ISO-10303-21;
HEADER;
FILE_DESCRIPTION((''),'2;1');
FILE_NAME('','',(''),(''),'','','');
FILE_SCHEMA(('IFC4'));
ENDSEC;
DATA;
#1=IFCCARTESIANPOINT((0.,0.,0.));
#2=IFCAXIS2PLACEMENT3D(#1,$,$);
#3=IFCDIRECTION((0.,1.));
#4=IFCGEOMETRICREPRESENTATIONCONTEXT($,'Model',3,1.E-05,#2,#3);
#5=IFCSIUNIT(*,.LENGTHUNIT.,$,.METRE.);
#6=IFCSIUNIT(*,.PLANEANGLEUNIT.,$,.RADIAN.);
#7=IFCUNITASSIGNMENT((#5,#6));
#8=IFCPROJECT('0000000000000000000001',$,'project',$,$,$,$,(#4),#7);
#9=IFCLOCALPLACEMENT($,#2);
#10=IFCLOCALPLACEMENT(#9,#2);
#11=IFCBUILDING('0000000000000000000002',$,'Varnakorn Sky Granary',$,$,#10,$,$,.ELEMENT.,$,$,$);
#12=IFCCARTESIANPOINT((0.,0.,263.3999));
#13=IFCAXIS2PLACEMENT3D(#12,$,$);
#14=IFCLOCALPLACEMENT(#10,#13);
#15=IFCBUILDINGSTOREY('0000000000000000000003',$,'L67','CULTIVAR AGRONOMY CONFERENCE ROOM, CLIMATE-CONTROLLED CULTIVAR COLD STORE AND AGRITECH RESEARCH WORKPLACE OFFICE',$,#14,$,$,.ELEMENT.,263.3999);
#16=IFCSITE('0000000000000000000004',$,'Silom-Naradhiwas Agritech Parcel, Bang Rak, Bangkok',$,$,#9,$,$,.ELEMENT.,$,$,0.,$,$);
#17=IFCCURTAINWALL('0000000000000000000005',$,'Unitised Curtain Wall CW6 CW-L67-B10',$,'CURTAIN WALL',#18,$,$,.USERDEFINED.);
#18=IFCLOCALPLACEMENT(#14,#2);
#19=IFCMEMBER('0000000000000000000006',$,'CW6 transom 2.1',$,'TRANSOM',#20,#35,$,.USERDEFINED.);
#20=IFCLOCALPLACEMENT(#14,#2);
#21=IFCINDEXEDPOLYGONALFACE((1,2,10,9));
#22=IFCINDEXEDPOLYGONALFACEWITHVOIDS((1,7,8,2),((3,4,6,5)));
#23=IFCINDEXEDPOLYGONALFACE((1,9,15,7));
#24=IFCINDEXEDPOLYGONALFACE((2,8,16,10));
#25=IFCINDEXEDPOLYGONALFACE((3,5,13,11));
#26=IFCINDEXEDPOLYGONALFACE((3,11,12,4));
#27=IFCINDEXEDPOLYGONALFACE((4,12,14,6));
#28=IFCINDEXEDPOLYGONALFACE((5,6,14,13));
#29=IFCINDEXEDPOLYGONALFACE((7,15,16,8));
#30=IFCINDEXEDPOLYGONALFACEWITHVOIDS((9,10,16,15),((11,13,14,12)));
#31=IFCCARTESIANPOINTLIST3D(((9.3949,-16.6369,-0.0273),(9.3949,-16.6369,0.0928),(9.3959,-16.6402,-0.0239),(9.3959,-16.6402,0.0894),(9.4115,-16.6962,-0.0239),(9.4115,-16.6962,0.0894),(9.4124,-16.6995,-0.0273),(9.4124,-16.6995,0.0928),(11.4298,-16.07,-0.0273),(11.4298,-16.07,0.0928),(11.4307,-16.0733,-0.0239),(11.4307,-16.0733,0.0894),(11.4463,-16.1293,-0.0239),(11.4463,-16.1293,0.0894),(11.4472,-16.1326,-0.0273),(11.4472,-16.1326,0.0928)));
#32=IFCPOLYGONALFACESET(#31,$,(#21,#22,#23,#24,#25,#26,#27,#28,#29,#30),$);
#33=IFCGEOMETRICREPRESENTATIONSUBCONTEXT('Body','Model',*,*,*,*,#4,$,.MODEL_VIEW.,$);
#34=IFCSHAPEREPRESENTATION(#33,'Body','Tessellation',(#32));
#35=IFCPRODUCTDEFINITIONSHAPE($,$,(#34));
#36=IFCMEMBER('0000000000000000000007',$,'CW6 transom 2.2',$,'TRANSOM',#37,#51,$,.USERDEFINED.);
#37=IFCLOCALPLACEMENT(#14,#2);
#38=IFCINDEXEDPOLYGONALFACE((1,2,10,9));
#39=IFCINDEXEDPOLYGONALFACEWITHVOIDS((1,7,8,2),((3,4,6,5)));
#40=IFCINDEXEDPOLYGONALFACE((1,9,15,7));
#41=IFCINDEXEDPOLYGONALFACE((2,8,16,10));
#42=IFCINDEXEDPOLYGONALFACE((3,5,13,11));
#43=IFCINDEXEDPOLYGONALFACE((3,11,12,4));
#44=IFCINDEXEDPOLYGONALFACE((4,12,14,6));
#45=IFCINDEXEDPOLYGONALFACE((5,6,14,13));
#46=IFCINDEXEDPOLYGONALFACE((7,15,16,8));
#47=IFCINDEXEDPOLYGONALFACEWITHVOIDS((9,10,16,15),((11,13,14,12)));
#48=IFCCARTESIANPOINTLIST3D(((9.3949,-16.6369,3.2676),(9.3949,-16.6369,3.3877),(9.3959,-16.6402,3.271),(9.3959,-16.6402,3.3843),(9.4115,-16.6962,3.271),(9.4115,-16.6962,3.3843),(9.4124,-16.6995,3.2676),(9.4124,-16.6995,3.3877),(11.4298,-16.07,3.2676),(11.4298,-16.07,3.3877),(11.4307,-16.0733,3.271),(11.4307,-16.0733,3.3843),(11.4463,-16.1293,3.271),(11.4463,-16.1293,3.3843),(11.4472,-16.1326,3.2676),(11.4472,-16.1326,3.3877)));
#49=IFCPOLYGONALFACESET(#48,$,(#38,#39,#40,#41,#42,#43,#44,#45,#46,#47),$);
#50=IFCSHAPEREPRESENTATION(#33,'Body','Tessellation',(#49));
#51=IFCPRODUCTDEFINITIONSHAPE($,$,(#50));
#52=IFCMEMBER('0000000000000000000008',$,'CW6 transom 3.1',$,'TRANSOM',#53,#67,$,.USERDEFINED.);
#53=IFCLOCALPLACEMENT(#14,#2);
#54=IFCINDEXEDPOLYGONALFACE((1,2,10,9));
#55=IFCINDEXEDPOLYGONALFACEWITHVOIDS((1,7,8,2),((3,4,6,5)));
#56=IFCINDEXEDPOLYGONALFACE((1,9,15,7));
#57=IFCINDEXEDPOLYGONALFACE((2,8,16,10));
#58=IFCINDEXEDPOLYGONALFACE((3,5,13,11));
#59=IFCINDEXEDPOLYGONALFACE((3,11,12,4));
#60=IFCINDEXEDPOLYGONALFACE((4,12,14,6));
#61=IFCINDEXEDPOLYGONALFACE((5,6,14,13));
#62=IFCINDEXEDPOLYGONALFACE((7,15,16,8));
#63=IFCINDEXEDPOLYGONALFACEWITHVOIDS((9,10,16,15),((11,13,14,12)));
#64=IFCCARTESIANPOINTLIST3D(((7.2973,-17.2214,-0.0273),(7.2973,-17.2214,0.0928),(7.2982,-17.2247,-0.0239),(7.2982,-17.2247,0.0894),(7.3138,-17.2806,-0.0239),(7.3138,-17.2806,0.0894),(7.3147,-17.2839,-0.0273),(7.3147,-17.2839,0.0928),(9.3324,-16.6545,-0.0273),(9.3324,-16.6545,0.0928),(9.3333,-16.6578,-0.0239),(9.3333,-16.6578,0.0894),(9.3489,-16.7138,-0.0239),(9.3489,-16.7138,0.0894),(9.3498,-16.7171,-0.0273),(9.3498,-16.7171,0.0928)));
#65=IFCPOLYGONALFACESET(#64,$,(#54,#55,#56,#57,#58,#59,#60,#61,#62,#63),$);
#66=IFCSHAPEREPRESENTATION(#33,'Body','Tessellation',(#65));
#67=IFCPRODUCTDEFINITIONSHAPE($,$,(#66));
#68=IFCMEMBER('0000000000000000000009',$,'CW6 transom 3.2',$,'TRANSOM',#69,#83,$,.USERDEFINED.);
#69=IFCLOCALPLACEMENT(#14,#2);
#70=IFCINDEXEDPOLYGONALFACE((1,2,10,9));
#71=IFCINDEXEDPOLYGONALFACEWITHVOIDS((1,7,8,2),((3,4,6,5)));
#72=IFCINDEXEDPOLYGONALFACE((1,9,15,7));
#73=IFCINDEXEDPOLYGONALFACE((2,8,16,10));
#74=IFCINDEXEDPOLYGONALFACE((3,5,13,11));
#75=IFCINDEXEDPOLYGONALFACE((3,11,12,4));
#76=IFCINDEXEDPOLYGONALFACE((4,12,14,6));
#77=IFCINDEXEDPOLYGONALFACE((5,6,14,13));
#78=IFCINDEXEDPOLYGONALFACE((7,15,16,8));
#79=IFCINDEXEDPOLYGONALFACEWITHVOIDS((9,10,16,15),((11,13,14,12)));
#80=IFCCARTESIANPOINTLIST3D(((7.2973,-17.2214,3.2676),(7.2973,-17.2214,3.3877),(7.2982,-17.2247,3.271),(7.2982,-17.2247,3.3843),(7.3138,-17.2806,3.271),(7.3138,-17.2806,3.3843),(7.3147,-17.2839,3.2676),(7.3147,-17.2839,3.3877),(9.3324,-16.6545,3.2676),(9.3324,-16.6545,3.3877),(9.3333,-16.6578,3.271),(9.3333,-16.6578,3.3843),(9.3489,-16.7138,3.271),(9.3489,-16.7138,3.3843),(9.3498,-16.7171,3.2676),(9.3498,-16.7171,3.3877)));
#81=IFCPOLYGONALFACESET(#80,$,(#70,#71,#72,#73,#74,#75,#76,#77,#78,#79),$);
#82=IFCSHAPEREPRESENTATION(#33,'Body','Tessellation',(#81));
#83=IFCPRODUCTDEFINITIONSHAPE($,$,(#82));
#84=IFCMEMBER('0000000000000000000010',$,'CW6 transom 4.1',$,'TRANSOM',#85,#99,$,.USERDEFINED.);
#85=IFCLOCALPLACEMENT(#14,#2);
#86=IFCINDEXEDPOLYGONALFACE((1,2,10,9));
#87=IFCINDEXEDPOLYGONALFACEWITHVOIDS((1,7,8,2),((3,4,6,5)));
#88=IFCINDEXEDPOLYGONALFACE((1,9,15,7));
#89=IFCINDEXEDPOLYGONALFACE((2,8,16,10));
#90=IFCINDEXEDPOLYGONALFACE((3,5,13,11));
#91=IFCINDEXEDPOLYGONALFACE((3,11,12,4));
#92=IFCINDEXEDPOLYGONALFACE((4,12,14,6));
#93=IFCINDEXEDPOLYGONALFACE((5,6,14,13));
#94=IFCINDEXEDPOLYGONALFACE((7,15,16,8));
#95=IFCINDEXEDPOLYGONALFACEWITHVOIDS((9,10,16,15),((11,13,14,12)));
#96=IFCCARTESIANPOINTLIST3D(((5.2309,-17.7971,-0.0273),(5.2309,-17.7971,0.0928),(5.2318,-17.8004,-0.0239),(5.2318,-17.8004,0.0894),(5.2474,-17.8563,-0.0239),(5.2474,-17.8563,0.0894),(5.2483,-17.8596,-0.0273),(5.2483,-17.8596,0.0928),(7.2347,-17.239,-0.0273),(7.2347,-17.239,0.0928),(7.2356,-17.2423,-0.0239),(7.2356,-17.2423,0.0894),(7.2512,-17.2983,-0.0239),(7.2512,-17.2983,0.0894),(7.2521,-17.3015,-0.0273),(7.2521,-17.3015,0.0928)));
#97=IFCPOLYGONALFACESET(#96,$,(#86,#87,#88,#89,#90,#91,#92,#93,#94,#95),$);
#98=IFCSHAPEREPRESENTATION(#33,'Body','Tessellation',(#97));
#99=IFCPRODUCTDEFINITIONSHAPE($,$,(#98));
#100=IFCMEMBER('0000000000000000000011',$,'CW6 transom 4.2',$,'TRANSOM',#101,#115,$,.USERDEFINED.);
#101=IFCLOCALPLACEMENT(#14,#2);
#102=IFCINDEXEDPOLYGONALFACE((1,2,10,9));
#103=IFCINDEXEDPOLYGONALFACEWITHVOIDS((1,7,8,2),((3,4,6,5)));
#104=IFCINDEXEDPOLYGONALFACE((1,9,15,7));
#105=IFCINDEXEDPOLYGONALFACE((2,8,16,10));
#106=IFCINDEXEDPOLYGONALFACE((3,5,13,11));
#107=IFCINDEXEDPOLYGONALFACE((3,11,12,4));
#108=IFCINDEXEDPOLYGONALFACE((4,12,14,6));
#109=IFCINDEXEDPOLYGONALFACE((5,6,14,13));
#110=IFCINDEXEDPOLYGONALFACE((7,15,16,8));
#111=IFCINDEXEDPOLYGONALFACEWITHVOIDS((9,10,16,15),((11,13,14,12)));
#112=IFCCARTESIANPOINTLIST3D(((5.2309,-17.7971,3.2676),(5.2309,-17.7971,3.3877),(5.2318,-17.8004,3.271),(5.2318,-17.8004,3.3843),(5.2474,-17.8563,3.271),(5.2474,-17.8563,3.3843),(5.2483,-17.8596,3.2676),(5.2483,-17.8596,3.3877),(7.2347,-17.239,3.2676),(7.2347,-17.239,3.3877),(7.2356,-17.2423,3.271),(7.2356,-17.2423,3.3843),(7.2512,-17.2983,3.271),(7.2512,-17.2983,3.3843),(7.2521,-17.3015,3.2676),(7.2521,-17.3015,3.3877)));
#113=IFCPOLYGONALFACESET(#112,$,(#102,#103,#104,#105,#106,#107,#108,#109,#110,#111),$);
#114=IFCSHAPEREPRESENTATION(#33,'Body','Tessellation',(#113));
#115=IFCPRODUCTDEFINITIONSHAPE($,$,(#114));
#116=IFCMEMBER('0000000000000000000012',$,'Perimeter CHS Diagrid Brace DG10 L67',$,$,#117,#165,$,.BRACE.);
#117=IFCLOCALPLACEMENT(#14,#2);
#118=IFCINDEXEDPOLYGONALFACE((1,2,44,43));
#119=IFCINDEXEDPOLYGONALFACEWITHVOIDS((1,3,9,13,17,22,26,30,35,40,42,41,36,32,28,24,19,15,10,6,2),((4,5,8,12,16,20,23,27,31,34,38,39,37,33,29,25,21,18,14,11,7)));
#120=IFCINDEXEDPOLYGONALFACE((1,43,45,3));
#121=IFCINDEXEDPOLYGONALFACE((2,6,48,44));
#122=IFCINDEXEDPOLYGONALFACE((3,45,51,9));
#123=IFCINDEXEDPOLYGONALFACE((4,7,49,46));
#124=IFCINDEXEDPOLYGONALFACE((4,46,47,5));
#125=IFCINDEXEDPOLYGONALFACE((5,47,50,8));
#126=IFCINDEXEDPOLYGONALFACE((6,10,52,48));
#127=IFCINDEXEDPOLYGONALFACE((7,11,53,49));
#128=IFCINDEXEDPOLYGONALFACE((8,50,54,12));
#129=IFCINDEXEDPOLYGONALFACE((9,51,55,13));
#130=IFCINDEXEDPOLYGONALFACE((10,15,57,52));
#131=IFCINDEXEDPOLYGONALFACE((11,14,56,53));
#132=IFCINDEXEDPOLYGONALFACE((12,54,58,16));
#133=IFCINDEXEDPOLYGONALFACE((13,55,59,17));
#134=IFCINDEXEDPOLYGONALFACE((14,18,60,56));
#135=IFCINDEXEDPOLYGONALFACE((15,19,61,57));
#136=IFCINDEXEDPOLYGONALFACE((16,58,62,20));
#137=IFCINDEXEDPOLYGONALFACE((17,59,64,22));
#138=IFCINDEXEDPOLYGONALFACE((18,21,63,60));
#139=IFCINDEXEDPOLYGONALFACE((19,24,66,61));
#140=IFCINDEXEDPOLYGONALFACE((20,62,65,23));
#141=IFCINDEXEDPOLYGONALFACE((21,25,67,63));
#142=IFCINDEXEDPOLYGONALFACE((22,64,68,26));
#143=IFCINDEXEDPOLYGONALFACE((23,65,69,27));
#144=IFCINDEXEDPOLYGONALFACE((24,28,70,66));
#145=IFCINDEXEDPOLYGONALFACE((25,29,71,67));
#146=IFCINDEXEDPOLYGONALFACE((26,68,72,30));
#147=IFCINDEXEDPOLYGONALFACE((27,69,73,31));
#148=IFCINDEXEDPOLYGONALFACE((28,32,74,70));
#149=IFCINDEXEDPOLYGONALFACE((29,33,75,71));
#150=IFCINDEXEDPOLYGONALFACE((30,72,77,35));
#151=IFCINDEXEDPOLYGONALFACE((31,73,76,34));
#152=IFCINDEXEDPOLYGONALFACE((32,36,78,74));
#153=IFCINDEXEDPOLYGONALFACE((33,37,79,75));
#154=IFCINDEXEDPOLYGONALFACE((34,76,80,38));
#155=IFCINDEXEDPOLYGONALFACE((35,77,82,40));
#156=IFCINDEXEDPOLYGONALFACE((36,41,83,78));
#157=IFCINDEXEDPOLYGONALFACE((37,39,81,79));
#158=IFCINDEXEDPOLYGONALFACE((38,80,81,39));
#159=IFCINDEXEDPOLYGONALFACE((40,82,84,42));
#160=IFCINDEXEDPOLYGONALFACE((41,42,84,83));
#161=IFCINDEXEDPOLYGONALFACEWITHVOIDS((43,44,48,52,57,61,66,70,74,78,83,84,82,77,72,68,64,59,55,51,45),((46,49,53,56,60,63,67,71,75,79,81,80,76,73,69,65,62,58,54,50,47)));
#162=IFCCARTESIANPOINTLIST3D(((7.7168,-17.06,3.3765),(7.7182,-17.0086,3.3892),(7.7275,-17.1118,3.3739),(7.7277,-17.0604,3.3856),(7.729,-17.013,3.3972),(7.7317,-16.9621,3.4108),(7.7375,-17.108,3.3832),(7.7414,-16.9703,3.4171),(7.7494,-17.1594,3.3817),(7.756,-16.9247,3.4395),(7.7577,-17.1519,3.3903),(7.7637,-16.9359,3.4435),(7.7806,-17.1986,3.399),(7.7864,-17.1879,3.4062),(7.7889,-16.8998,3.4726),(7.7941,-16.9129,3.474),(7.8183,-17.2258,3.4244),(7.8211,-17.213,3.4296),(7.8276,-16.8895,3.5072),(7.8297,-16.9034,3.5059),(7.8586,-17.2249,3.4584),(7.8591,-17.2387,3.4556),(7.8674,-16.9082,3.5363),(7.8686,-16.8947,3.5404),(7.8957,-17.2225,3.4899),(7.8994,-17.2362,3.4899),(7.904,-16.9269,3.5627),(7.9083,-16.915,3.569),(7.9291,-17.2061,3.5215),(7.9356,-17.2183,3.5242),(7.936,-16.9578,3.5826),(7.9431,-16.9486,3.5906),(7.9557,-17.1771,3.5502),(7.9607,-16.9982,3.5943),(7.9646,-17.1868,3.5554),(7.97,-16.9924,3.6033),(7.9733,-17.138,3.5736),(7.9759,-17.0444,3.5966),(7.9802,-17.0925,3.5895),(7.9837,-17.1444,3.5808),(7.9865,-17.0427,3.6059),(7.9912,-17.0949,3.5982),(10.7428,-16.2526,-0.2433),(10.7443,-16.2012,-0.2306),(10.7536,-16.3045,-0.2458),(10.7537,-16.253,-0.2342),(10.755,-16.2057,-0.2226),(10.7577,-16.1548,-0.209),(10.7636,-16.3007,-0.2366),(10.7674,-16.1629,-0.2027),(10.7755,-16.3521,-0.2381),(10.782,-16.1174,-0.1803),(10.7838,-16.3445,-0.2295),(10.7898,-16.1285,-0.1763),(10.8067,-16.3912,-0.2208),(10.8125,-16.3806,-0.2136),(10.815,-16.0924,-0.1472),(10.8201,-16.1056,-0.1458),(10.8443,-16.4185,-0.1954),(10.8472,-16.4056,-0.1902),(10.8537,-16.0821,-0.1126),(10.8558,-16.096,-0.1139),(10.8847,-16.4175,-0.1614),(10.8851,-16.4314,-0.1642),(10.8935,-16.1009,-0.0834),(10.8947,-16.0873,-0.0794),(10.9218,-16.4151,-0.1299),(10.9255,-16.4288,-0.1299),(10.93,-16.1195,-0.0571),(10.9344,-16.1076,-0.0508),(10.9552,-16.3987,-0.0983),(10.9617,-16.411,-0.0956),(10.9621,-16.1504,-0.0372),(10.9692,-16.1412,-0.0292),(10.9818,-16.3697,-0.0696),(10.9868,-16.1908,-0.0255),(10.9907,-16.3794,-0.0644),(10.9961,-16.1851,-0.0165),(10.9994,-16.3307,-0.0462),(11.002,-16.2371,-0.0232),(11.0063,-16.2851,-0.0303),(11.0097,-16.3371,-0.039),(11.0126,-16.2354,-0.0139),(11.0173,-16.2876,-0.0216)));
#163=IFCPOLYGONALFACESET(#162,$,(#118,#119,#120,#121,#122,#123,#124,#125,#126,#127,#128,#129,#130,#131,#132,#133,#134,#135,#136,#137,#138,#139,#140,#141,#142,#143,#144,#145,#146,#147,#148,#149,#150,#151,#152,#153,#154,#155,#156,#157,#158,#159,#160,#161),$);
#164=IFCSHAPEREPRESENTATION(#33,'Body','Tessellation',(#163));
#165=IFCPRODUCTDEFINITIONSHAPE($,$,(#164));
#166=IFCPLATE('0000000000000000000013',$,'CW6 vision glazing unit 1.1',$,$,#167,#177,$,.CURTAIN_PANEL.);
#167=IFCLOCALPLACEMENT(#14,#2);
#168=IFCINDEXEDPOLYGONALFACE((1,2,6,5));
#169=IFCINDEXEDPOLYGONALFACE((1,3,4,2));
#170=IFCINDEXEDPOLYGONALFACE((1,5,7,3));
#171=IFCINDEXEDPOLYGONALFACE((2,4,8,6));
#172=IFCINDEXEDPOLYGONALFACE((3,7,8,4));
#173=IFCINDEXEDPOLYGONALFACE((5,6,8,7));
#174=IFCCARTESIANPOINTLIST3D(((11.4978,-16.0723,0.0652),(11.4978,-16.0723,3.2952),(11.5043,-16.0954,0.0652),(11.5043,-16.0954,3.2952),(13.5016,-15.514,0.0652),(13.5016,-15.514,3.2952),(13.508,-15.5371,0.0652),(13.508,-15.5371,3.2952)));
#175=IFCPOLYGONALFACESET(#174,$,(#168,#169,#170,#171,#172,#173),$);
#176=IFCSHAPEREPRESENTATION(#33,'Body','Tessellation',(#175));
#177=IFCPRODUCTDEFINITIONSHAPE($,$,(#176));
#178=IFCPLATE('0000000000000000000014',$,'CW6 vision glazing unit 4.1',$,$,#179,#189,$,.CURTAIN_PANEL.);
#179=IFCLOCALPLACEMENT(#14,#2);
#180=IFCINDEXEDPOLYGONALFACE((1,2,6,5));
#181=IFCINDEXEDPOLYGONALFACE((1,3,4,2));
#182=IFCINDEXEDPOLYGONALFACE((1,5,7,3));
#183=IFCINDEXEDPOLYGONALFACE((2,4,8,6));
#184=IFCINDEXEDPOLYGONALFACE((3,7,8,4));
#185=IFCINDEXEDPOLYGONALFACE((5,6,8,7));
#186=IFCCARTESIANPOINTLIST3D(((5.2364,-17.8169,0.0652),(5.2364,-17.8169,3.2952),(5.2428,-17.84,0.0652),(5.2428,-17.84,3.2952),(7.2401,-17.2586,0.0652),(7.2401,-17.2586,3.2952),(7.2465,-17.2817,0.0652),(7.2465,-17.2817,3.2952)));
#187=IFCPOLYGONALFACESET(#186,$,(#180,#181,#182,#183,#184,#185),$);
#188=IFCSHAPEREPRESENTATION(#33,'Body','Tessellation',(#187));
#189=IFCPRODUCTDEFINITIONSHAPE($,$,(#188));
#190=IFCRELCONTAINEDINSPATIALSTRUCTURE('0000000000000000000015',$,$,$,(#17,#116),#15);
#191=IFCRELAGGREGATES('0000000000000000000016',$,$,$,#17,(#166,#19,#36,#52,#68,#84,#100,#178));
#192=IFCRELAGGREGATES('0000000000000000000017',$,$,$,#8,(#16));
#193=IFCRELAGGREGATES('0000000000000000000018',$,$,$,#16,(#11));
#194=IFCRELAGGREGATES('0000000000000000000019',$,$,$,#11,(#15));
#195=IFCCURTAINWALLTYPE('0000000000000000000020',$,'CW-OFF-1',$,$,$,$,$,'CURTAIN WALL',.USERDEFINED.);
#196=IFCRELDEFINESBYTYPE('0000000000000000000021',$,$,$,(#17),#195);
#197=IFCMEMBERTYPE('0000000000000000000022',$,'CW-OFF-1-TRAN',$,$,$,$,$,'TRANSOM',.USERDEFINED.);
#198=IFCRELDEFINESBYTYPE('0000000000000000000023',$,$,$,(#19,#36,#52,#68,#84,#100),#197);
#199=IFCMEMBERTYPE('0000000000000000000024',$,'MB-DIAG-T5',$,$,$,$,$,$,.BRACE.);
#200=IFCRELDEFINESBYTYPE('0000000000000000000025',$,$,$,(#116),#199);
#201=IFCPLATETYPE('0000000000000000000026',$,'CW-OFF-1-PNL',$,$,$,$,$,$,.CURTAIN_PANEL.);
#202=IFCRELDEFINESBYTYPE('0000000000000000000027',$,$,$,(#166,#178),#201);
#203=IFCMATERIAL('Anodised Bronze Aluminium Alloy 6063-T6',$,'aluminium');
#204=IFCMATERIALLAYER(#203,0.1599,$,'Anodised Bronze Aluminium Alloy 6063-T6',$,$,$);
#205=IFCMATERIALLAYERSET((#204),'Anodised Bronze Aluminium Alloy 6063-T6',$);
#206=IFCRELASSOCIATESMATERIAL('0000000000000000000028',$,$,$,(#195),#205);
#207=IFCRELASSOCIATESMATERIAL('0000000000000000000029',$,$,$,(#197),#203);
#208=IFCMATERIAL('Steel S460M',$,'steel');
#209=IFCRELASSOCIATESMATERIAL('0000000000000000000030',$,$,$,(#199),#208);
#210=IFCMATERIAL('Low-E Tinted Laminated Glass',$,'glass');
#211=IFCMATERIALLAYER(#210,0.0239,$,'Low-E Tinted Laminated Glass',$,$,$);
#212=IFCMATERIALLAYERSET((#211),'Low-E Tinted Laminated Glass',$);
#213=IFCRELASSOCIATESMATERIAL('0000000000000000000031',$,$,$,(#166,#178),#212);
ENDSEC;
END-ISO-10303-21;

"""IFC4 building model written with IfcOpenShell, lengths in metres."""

from ifc_helpers import new_model, si_unit, direction, frame, origin, origin_2d, place, context, subcontext, project, spatial, rectangle, hollow_rectangle, hollow_circle, extrude, source, transform, mapped, material, layer, layer_set, material_profile, profile_set, type_object, element, aggregate, save


model = new_model("IFC4")

# Units and contexts
model_context = context("Model", 3, precision=1e-05, world=origin(), true_north=direction((0.0, 1.0)))
body_context = subcontext(model_context, "Body", "Model", "MODEL_VIEW")
ifc_project = project(units=[si_unit("LENGTHUNIT", "METRE"), si_unit("PLANEANGLEUNIT", "RADIAN")], contexts=[model_context])

# Site, building, storey
site_placement = place(None, origin())
site = spatial("IfcSite", under=ifc_project, at=site_placement, Name="Silom-Naradhiwas Agritech Parcel, Bang Rak, Bangkok", CompositionType="ELEMENT", RefElevation=0.0)
building_placement = place(site_placement, origin())
building = spatial("IfcBuilding", under=site, at=building_placement, Name="Varnakorn Sky Granary", CompositionType="ELEMENT")
storey_placement = place(building_placement, frame((0.0, 0.0, 263.3999)))
storey = spatial("IfcBuildingStorey", under=building, at=storey_placement, Name="L67", Description="CULTIVAR AGRONOMY CONFERENCE ROOM, CLIMATE-CONTROLLED CULTIVAR COLD STORE AND AGRITECH RESEARCH WORKPLACE OFFICE", CompositionType="ELEMENT", Elevation=263.3999)

# Shared definitions
ifc_material_1 = material(Name="Steel S460M", Category="steel")

# Curtain wall, members
ifc_material_2 = material(Name="Anodised Bronze Aluminium Alloy 6063-T6", Category="aluminium")
ifc_layer_1 = layer(ifc_material_2, 0.1599, Name="Anodised Bronze Aluminium Alloy 6063-T6")
ifc_layer_set_1 = layer_set([ifc_layer_1], Name="Anodised Bronze Aluminium Alloy 6063-T6")
curtain_wall_type = type_object("IfcCurtainWallType", Name="CW-OFF-1", ElementType="CURTAIN WALL", PredefinedType="USERDEFINED", material=ifc_layer_set_1)
curtain_wall_placement = place(storey_placement, origin())
curtain_wall = element("IfcCurtainWall", 1, at=curtain_wall_placement, inside=storey, type_object=curtain_wall_type, Name="Unitised Curtain Wall CW6 CW-L67-B10", ObjectType="CURTAIN WALL", PredefinedType="USERDEFINED")
ifc_material_profile_1 = material_profile(ifc_material_2, hollow_rectangle(XDim=0.0649, YDim=0.1201, WallThickness=0.0034, at=origin_2d()), Name="ALU TRAN 65x120")
ifc_profile_set_1 = profile_set([ifc_material_profile_1], Name="Anodised Bronze Aluminium Alloy 6063-T6")
member_type_1 = type_object("IfcMemberType", Name="CW-OFF-1-TRAN", ElementType="TRANSOM", PredefinedType="USERDEFINED", material=ifc_profile_set_1)
member_1_placement = place(storey_placement, frame((11.4385, -16.1013, 0.0327), z_axis=(-0.963317, -0.268365, 0.0), x_axis=(0.268365, -0.963317, 0.0)))
member_1 = element("IfcMember", 2, at=member_1_placement, type_object=member_type_1, Name="CW6 transom 2.1", ObjectType="TRANSOM", PredefinedType="USERDEFINED", context=body_context, shape_type="SweptSolid", body=[
    extrude(hollow_rectangle(XDim=0.0649, YDim=0.1201, WallThickness=0.0034, at=origin_2d()), origin(), (0.0, 0.0, 1.0), 2.1123),
])
member_2_placement = place(storey_placement, frame((11.4385, -16.1013, 3.3276), z_axis=(-0.963317, -0.268365, 0.0), x_axis=(0.268365, -0.963317, 0.0)))
member_2 = element("IfcMember", 3, at=member_2_placement, type_object=member_type_1, Name="CW6 transom 2.2", ObjectType="TRANSOM", PredefinedType="USERDEFINED", context=body_context, shape_type="SweptSolid", body=[
    extrude(hollow_rectangle(XDim=0.0649, YDim=0.1201, WallThickness=0.0034, at=origin_2d()), origin(), (0.0, 0.0, 1.0), 2.1123),
])
member_3_placement = place(storey_placement, frame((9.3411, -16.6858, 0.0327), z_axis=(-0.963326, -0.268335, 0.0), x_axis=(0.268335, -0.963326, 0.0)))
member_3 = element("IfcMember", 4, at=member_3_placement, type_object=member_type_1, Name="CW6 transom 3.1", ObjectType="TRANSOM", PredefinedType="USERDEFINED", context=body_context, shape_type="SweptSolid", body=[
    extrude(hollow_rectangle(XDim=0.0649, YDim=0.1201, WallThickness=0.0034, at=origin_2d()), origin(), (0.0, 0.0, 1.0), 2.1125),
])
member_4_placement = place(storey_placement, frame((9.3411, -16.6858, 3.3276), z_axis=(-0.963326, -0.268335, 0.0), x_axis=(0.268335, -0.963326, 0.0)))
member_4 = element("IfcMember", 5, at=member_4_placement, type_object=member_type_1, Name="CW6 transom 3.2", ObjectType="TRANSOM", PredefinedType="USERDEFINED", context=body_context, shape_type="SweptSolid", body=[
    extrude(hollow_rectangle(XDim=0.0649, YDim=0.1201, WallThickness=0.0034, at=origin_2d()), origin(), (0.0, 0.0, 1.0), 2.1125),
])
member_5_placement = place(storey_placement, frame((7.2434, -17.2703, 0.0327), z_axis=(-0.963336, -0.268298, 0.0), x_axis=(0.268298, -0.963336, 0.0)))
member_5 = element("IfcMember", 6, at=member_5_placement, type_object=member_type_1, Name="CW6 transom 4.1", ObjectType="TRANSOM", PredefinedType="USERDEFINED", context=body_context, shape_type="SweptSolid", body=[
    extrude(hollow_rectangle(XDim=0.0649, YDim=0.1201, WallThickness=0.0034, at=origin_2d()), origin(), (0.0, 0.0, 1.0), 2.0801),
])
member_6_placement = place(storey_placement, frame((7.2434, -17.2703, 3.3276), z_axis=(-0.963336, -0.268298, 0.0), x_axis=(0.268298, -0.963336, 0.0)))
member_6 = element("IfcMember", 7, at=member_6_placement, type_object=member_type_1, Name="CW6 transom 4.2", ObjectType="TRANSOM", PredefinedType="USERDEFINED", context=body_context, shape_type="SweptSolid", body=[
    extrude(hollow_rectangle(XDim=0.0649, YDim=0.1201, WallThickness=0.0034, at=origin_2d()), origin(), (0.0, 0.0, 1.0), 2.0801),
])

# Member
ifc_material_profile_2 = material_profile(ifc_material_1, hollow_circle(Radius=0.1777, WallThickness=0.0142, at=origin_2d()), Name="CHS 355.6x14")
ifc_profile_set_2 = profile_set([ifc_material_profile_2], Name="Steel S460M")
member_type_2 = type_object("IfcMemberType", Name="MB-DIAG-T5", PredefinedType="BRACE", material=ifc_profile_set_2)
member_7_placement = place(storey_placement, frame((10.8796, -16.2571, -0.1299), z_axis=(-0.63219, -0.168669, 0.756231), x_axis=(0.257784, -0.966203, 0.0)))
element("IfcMember", 8, at=member_7_placement, inside=storey, type_object=member_type_2, Name="Perimeter CHS Diagrid Brace DG10 L67", PredefinedType="BRACE", context=body_context, shape_type="SweptSolid", body=[
    extrude(hollow_circle(Radius=0.1777, WallThickness=0.0142, at=origin_2d()), origin(), (0.0, 0.0, 1.0), 4.7866),
])

# Plates
ifc_material_3 = material(Name="Low-E Tinted Laminated Glass", Category="glass")
ifc_layer_2 = layer(ifc_material_3, 0.0239, Name="Low-E Tinted Laminated Glass")
ifc_layer_set_2 = layer_set([ifc_layer_2], Name="Low-E Tinted Laminated Glass")
plate_type = type_object("IfcPlateType", Name="CW-OFF-1-PNL", PredefinedType="CURTAIN_PANEL")
shared_shape_1 = source(origin(), body_context, "Body", "SweptSolid", [
    extrude(rectangle(XDim=2.0801, YDim=0.0239, at=origin_2d()), origin(), (0.0, 0.0, 1.0), 3.23),
])
plate_1_placement = place(storey_placement, frame((12.5029, -15.8047, 0.0652), z_axis=(0.0, 0.0, 1.0), x_axis=(-0.963307, -0.268401, 0.0)))
plate_1 = element("IfcPlate", 9, at=plate_1_placement, type_object=plate_type, material=ifc_layer_set_2, Name="CW6 vision glazing unit 1.1", PredefinedType="CURTAIN_PANEL", context=body_context, shape_type="MappedRepresentation", body=[
    mapped(shared_shape_1, transform((0.0, 0.0, 0.0), x_axis=(1.0, 0.0, 0.0), y_axis=(0.0, 1.0, 0.0), z_axis=(0.0, 0.0, 1.0), scale=1.0)),
])
plate_2_placement = place(storey_placement, frame((6.2415, -17.5493, 0.0652), z_axis=(0.0, 0.0, 1.0), x_axis=(-0.963307, -0.268401, 0.0)))
plate_2 = element("IfcPlate", 10, at=plate_2_placement, type_object=plate_type, material=ifc_layer_set_2, Name="CW6 vision glazing unit 4.1", PredefinedType="CURTAIN_PANEL", context=body_context, shape_type="MappedRepresentation", body=[
    mapped(shared_shape_1, transform((0.0, 0.0, 0.0), x_axis=(1.0, 0.0, 0.0), y_axis=(0.0, 1.0, 0.0), z_axis=(0.0, 0.0, 1.0), scale=1.0)),
])
aggregate(curtain_wall, [plate_1, member_1, member_2, member_3, member_4, member_5, member_6, plate_2])

save(model, "model.ifc")
